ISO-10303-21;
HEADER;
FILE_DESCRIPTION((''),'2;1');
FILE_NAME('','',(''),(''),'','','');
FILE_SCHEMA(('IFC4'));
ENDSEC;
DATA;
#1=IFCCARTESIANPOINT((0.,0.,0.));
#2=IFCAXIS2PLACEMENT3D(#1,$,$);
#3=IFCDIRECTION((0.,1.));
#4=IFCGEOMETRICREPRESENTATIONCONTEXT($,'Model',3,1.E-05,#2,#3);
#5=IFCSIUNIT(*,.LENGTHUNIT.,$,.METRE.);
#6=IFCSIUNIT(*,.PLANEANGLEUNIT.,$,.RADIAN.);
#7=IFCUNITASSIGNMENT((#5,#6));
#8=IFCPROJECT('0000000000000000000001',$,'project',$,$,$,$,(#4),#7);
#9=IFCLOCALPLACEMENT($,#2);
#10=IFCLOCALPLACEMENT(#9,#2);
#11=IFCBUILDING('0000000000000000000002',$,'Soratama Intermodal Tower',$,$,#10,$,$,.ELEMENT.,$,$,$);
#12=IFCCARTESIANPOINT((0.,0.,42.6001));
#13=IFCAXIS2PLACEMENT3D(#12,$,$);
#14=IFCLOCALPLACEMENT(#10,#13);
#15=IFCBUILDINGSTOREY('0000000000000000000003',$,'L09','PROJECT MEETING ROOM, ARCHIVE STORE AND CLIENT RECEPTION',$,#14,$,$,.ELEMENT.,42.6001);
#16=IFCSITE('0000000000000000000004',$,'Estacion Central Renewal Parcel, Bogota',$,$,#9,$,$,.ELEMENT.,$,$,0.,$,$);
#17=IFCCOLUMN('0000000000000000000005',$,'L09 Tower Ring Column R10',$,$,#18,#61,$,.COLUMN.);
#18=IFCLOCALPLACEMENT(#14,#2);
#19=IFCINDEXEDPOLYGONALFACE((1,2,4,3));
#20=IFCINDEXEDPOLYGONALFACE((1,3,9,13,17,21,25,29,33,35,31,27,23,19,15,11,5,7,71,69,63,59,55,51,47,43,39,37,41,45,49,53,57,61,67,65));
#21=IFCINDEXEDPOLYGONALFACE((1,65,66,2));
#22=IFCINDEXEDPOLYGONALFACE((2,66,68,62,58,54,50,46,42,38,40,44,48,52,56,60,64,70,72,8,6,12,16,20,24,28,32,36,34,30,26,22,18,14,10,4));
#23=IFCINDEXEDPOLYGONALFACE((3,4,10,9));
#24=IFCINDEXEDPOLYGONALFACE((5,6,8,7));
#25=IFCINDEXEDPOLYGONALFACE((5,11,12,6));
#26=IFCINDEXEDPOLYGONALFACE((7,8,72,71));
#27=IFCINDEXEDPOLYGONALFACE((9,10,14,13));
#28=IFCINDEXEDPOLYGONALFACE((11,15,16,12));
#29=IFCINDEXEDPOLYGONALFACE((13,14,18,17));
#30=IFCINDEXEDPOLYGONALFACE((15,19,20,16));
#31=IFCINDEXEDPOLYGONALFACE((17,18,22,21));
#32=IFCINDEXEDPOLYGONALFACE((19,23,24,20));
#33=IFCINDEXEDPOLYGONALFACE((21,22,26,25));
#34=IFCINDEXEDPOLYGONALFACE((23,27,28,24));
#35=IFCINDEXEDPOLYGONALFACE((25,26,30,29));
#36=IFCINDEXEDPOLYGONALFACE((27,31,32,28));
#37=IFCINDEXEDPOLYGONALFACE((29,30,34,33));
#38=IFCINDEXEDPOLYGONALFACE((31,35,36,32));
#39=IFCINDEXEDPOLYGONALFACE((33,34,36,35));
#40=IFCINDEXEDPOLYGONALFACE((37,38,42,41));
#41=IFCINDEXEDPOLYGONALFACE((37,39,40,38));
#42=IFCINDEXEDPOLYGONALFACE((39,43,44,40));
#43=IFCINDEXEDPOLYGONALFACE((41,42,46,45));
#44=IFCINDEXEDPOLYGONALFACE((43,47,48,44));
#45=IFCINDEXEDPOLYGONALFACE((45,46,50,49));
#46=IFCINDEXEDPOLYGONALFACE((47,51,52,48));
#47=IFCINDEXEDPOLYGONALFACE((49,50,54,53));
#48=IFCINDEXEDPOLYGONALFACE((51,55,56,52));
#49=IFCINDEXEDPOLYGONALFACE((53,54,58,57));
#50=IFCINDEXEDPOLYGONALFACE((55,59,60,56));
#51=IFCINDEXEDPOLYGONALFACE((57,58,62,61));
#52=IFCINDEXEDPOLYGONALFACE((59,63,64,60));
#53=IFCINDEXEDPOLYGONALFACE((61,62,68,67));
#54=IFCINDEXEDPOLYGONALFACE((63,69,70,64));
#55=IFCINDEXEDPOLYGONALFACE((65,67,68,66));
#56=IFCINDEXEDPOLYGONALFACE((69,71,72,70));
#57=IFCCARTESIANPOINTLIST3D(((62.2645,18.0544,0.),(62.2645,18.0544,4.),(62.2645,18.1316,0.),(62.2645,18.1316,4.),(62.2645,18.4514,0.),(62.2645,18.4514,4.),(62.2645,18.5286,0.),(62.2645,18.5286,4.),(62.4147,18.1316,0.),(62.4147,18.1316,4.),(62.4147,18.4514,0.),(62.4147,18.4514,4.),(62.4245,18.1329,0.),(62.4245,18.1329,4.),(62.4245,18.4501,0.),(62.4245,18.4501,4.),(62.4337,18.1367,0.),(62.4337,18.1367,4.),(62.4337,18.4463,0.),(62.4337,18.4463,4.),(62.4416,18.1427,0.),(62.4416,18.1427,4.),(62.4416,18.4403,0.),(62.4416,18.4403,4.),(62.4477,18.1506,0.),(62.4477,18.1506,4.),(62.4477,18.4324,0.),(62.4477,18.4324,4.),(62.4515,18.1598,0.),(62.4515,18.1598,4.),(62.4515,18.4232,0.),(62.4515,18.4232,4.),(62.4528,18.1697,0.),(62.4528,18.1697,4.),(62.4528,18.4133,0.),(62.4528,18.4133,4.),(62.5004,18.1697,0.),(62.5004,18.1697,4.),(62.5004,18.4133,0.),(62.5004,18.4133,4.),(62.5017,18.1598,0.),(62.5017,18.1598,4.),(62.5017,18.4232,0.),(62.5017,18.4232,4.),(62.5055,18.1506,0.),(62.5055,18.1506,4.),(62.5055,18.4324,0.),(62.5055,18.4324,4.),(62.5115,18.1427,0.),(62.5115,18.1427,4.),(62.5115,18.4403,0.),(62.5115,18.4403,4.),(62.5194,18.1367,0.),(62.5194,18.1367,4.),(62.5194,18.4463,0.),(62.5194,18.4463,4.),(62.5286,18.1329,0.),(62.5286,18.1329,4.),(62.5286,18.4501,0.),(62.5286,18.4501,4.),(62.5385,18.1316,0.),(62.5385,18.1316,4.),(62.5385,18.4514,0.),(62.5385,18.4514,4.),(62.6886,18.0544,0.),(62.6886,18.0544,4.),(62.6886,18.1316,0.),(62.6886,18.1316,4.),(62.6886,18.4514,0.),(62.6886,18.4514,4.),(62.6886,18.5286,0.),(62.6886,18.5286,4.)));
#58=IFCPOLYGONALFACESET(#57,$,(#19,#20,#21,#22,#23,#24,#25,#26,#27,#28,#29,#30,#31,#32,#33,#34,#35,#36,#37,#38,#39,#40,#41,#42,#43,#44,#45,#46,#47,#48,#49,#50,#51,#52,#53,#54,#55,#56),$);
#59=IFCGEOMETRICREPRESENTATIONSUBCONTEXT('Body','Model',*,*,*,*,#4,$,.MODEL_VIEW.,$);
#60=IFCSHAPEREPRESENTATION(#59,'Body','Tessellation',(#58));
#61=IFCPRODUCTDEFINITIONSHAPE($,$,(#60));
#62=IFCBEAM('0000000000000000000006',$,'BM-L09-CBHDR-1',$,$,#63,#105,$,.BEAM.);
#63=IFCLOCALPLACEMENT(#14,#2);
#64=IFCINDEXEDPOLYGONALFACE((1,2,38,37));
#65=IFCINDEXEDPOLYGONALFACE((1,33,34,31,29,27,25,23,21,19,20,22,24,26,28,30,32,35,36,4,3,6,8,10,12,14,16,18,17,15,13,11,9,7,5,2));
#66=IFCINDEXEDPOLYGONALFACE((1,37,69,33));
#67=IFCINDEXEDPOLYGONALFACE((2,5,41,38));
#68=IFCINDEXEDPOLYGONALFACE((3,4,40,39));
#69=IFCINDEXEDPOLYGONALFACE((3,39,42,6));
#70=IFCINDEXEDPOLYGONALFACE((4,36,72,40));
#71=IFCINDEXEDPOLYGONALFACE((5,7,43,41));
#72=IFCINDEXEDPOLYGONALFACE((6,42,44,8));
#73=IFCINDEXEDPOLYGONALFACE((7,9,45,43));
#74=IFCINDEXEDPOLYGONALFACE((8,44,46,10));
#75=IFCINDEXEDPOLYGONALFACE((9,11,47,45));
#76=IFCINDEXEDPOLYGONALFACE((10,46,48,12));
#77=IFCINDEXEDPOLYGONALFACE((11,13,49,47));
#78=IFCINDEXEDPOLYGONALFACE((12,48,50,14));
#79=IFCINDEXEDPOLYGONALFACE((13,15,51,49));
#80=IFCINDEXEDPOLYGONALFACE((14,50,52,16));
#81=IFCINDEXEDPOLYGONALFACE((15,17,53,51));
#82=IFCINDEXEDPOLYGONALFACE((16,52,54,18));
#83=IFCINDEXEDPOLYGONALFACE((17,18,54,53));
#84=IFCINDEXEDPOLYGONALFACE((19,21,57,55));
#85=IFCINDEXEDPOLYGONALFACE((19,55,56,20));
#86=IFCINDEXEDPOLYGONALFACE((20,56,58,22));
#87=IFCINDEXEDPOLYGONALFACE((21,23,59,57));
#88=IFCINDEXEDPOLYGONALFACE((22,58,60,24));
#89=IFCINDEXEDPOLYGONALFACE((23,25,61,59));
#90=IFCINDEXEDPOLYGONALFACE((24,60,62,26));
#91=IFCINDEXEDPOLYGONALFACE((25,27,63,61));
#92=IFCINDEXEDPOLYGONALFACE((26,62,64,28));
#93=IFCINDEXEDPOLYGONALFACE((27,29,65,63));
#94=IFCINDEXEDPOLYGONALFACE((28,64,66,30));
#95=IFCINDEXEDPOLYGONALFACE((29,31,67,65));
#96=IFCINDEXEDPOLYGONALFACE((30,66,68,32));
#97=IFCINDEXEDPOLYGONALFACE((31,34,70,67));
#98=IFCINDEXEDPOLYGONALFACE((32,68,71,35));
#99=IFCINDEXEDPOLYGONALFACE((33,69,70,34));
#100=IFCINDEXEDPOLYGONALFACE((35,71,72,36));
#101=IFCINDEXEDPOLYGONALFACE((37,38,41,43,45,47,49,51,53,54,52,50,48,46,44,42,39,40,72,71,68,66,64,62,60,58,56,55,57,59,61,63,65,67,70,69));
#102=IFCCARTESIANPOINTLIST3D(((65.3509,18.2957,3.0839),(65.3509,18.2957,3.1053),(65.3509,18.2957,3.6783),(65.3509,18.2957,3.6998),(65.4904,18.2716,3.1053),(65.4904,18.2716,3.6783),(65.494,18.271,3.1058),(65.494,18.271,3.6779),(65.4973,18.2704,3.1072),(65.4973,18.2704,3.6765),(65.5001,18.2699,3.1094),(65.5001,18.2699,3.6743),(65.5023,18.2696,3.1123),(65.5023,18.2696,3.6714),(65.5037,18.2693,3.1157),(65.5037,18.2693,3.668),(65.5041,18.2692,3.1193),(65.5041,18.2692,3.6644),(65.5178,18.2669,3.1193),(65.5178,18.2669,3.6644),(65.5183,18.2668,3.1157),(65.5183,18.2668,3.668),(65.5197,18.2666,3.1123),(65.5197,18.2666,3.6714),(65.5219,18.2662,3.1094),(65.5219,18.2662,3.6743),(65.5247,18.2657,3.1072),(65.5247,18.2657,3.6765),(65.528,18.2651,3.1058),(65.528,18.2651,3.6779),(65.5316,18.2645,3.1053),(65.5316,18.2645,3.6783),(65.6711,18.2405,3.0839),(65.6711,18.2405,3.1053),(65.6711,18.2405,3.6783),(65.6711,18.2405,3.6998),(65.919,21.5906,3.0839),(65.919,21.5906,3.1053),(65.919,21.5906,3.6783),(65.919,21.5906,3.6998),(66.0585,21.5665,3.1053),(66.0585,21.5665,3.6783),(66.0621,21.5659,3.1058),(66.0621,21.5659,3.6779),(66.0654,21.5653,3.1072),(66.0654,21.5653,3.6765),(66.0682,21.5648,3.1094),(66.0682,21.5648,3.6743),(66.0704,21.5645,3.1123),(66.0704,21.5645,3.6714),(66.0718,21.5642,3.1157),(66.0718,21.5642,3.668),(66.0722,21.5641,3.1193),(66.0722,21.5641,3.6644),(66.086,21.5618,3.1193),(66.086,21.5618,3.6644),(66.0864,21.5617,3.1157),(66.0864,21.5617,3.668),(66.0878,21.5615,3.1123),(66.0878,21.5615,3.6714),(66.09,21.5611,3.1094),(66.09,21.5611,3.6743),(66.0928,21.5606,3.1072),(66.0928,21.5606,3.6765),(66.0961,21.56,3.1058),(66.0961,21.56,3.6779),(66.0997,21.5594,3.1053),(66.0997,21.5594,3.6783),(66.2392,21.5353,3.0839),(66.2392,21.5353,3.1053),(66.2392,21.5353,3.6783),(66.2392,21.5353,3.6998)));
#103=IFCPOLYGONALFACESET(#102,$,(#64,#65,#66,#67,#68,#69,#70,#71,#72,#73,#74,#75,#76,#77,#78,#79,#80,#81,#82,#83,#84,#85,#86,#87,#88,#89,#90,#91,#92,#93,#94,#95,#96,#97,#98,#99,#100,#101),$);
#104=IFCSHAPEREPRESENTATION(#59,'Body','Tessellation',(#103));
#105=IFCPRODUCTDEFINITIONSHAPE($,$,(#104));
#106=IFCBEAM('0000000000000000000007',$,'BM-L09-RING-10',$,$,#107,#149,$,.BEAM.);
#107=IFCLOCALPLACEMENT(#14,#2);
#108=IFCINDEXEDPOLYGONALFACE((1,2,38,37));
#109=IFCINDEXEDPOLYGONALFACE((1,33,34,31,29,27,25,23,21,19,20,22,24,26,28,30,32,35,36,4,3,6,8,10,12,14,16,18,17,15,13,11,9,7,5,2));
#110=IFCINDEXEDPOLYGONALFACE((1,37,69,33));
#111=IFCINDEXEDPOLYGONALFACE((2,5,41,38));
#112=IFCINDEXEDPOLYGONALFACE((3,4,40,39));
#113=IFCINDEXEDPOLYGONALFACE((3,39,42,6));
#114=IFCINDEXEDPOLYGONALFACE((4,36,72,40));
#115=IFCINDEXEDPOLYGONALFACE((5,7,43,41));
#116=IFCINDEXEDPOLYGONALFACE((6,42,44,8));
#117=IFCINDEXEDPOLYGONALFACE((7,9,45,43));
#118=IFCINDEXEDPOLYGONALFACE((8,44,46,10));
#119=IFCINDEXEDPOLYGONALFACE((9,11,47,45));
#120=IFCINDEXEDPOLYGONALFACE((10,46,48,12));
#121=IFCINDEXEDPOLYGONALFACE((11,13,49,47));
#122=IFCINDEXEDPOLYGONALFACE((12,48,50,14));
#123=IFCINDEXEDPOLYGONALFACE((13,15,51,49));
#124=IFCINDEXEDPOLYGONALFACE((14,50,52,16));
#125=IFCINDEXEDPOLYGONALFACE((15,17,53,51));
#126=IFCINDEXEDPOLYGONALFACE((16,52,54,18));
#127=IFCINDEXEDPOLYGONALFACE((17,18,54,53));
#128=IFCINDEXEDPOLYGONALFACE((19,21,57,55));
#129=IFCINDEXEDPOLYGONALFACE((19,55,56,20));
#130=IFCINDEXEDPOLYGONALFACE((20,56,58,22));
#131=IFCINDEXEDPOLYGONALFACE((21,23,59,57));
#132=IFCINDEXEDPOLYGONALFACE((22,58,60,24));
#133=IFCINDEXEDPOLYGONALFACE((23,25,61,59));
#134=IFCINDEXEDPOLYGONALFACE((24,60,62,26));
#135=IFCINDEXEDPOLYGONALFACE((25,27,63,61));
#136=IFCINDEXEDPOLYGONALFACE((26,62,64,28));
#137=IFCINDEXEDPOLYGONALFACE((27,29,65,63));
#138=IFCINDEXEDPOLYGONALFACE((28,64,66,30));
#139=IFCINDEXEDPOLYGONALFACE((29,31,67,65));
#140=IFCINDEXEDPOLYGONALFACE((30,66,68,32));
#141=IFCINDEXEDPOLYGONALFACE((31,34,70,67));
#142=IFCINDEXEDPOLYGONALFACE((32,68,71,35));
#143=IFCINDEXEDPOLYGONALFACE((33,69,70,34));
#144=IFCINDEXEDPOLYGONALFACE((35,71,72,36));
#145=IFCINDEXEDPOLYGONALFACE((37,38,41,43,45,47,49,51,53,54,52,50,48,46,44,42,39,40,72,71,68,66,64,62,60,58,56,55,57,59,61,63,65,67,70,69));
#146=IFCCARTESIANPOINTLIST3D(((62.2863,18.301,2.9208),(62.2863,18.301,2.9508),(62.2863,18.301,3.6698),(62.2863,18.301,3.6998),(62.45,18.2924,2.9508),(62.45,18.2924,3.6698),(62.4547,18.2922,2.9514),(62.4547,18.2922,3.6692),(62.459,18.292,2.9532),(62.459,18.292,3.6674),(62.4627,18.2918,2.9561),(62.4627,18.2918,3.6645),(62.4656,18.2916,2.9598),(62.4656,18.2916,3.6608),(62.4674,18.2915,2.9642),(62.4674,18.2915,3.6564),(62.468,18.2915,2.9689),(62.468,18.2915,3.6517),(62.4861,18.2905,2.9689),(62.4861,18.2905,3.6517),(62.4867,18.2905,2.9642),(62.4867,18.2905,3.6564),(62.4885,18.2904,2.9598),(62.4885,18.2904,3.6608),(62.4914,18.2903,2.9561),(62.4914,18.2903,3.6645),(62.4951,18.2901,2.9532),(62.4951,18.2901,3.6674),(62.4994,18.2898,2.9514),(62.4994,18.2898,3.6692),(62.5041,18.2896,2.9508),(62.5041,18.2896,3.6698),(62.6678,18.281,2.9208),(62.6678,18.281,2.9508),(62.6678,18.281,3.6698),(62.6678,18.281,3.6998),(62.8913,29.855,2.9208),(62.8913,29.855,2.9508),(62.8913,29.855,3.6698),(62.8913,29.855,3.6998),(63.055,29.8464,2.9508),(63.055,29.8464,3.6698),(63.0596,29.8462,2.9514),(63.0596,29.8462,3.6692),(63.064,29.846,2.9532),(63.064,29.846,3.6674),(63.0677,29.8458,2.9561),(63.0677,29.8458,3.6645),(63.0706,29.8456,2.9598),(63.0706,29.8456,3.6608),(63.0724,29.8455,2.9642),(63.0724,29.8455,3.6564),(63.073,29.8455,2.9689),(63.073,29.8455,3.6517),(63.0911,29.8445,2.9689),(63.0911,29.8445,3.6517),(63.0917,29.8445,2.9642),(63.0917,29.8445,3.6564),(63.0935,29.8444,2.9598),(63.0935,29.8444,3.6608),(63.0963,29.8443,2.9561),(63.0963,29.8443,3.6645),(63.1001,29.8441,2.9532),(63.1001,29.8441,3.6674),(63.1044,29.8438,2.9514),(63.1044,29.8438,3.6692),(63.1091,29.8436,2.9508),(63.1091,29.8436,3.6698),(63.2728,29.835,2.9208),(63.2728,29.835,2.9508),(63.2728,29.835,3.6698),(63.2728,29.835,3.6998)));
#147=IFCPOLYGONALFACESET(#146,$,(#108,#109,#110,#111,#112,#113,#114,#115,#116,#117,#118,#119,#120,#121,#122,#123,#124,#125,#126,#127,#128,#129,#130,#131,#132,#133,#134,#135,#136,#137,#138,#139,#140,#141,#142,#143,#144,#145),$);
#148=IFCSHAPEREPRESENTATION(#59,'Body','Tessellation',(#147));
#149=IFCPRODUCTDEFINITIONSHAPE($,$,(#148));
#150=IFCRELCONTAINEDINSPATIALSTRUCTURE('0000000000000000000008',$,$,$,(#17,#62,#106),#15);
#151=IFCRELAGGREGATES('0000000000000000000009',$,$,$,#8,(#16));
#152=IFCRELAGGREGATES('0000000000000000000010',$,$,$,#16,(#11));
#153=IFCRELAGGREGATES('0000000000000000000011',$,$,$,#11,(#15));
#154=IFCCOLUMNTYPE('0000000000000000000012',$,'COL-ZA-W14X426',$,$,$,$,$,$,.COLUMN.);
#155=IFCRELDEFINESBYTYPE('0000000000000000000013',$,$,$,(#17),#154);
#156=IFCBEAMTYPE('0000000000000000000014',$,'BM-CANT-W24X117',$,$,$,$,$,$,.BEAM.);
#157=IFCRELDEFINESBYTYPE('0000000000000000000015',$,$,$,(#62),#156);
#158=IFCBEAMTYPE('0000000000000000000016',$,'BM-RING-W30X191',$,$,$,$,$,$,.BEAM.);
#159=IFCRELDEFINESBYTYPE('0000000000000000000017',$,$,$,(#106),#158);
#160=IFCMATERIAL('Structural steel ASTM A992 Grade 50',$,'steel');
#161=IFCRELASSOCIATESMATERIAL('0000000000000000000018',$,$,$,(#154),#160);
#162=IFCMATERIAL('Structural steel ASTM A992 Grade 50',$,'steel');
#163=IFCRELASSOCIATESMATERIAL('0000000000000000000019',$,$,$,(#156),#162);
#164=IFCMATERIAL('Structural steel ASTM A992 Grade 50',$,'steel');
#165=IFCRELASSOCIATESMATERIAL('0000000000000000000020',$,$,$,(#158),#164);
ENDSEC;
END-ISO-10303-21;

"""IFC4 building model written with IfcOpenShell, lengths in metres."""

from ifc_helpers import new_model, si_unit, direction, frame, origin, origin_2d, place, context, subcontext, project, spatial, i_section, extrude, material, material_profile, profile_set, type_object, element, save


model = new_model("IFC4")

# Units and contexts
model_context = context("Model", 3, precision=1e-05, world=origin(), true_north=direction((0.0, 1.0)))
body_context = subcontext(model_context, "Body", "Model", "MODEL_VIEW")
ifc_project = project(units=[si_unit("LENGTHUNIT", "METRE"), si_unit("PLANEANGLEUNIT", "RADIAN")], contexts=[model_context])

# Site, building, storey
site_placement = place(None, origin())
site = spatial("IfcSite", under=ifc_project, at=site_placement, Name="Estacion Central Renewal Parcel, Bogota", CompositionType="ELEMENT", RefElevation=0.0)
building_placement = place(site_placement, origin())
building = spatial("IfcBuilding", under=site, at=building_placement, Name="Soratama Intermodal Tower", CompositionType="ELEMENT")
storey_placement = place(building_placement, frame((0.0, 0.0, 42.6001)))
storey = spatial("IfcBuildingStorey", under=building, at=storey_placement, Name="L09", Description="PROJECT MEETING ROOM, ARCHIVE STORE AND CLIENT RECEPTION", CompositionType="ELEMENT", Elevation=42.6001)

# Column
ifc_material_1 = material(Name="Structural steel ASTM A992 Grade 50", Category="steel")
ifc_material_profile_1 = material_profile(ifc_material_1, i_section(OverallWidth=0.4241, OverallDepth=0.4741, WebThickness=0.0476, FlangeThickness=0.0771, FilletRadius=0.0381, at=origin_2d()), Name="W14X426")
ifc_profile_set_1 = profile_set([ifc_material_profile_1], Name="Structural steel ASTM A992 Grade 50")
column_type = type_object("IfcColumnType", Name="COL-ZA-W14X426", PredefinedType="COLUMN", material=ifc_profile_set_1)
column_placement = place(storey_placement, frame((62.4766, 18.2915, 0.0), z_axis=(0.0, 0.0, 1.0), x_axis=(1.0, 0.0, 0.0)))
element("IfcColumn", 1, at=column_placement, inside=storey, type_object=column_type, Name="L09 Tower Ring Column R10", PredefinedType="COLUMN", context=body_context, shape_type="SweptSolid", body=[
    extrude(i_section(OverallWidth=0.4241, OverallDepth=0.4741, WebThickness=0.0476, FlangeThickness=0.0771, FilletRadius=0.0381, at=origin_2d()), origin(), (0.0, 0.0, 1.0), 4.0),
])

# Beams
ifc_material_2 = material(Name="Structural steel ASTM A992 Grade 50", Category="steel")
ifc_material_profile_2 = material_profile(ifc_material_2, i_section(OverallWidth=0.325, OverallDepth=0.616, WebThickness=0.0139, FlangeThickness=0.0215, FilletRadius=0.0139, at=origin_2d()), Name="W24X117")
ifc_profile_set_2 = profile_set([ifc_material_profile_2], Name="Structural steel ASTM A992 Grade 50")
beam_type_1 = type_object("IfcBeamType", Name="BM-CANT-W24X117", PredefinedType="BEAM", material=ifc_profile_set_2)
beam_1_placement = place(storey_placement, frame((65.511, 18.2681, 3.3918), z_axis=(0.169914, 0.985459, 0.0), x_axis=(-0.985459, 0.169914, 0.0)))
element("IfcBeam", 2, at=beam_1_placement, inside=storey, type_object=beam_type_1, Name="BM-L09-CBHDR-1", PredefinedType="BEAM", context=body_context, shape_type="SweptSolid", body=[
    extrude(i_section(OverallWidth=0.325, OverallDepth=0.616, WebThickness=0.0139, FlangeThickness=0.0215, FilletRadius=0.0139, at=origin_2d()), origin(), (0.0, 0.0, 1.0), 3.3435),
])
ifc_material_3 = material(Name="Structural steel ASTM A992 Grade 50", Category="steel")
ifc_material_profile_3 = material_profile(ifc_material_3, i_section(OverallWidth=0.3821, OverallDepth=0.7791, WebThickness=0.0181, FlangeThickness=0.03, FilletRadius=0.0181, at=origin_2d()), Name="W30X191")
ifc_profile_set_3 = profile_set([ifc_material_profile_3], Name="Structural steel ASTM A992 Grade 50")
beam_type_2 = type_object("IfcBeamType", Name="BM-RING-W30X191", PredefinedType="BEAM", material=ifc_profile_set_3)
beam_2_placement = place(storey_placement, frame((62.4771, 18.291, 3.3103), z_axis=(0.05229, 0.998632, 0.0), x_axis=(-0.998632, 0.05229, 0.0)))
element("IfcBeam", 3, at=beam_2_placement, inside=storey, type_object=beam_type_2, Name="BM-L09-RING-10", PredefinedType="BEAM", context=body_context, shape_type="SweptSolid", body=[
    extrude(i_section(OverallWidth=0.3821, OverallDepth=0.7791, WebThickness=0.0181, FlangeThickness=0.03, FilletRadius=0.0181, at=origin_2d()), origin(), (0.0, 0.0, 1.0), 11.5698),
])

save(model, "model.ifc")
